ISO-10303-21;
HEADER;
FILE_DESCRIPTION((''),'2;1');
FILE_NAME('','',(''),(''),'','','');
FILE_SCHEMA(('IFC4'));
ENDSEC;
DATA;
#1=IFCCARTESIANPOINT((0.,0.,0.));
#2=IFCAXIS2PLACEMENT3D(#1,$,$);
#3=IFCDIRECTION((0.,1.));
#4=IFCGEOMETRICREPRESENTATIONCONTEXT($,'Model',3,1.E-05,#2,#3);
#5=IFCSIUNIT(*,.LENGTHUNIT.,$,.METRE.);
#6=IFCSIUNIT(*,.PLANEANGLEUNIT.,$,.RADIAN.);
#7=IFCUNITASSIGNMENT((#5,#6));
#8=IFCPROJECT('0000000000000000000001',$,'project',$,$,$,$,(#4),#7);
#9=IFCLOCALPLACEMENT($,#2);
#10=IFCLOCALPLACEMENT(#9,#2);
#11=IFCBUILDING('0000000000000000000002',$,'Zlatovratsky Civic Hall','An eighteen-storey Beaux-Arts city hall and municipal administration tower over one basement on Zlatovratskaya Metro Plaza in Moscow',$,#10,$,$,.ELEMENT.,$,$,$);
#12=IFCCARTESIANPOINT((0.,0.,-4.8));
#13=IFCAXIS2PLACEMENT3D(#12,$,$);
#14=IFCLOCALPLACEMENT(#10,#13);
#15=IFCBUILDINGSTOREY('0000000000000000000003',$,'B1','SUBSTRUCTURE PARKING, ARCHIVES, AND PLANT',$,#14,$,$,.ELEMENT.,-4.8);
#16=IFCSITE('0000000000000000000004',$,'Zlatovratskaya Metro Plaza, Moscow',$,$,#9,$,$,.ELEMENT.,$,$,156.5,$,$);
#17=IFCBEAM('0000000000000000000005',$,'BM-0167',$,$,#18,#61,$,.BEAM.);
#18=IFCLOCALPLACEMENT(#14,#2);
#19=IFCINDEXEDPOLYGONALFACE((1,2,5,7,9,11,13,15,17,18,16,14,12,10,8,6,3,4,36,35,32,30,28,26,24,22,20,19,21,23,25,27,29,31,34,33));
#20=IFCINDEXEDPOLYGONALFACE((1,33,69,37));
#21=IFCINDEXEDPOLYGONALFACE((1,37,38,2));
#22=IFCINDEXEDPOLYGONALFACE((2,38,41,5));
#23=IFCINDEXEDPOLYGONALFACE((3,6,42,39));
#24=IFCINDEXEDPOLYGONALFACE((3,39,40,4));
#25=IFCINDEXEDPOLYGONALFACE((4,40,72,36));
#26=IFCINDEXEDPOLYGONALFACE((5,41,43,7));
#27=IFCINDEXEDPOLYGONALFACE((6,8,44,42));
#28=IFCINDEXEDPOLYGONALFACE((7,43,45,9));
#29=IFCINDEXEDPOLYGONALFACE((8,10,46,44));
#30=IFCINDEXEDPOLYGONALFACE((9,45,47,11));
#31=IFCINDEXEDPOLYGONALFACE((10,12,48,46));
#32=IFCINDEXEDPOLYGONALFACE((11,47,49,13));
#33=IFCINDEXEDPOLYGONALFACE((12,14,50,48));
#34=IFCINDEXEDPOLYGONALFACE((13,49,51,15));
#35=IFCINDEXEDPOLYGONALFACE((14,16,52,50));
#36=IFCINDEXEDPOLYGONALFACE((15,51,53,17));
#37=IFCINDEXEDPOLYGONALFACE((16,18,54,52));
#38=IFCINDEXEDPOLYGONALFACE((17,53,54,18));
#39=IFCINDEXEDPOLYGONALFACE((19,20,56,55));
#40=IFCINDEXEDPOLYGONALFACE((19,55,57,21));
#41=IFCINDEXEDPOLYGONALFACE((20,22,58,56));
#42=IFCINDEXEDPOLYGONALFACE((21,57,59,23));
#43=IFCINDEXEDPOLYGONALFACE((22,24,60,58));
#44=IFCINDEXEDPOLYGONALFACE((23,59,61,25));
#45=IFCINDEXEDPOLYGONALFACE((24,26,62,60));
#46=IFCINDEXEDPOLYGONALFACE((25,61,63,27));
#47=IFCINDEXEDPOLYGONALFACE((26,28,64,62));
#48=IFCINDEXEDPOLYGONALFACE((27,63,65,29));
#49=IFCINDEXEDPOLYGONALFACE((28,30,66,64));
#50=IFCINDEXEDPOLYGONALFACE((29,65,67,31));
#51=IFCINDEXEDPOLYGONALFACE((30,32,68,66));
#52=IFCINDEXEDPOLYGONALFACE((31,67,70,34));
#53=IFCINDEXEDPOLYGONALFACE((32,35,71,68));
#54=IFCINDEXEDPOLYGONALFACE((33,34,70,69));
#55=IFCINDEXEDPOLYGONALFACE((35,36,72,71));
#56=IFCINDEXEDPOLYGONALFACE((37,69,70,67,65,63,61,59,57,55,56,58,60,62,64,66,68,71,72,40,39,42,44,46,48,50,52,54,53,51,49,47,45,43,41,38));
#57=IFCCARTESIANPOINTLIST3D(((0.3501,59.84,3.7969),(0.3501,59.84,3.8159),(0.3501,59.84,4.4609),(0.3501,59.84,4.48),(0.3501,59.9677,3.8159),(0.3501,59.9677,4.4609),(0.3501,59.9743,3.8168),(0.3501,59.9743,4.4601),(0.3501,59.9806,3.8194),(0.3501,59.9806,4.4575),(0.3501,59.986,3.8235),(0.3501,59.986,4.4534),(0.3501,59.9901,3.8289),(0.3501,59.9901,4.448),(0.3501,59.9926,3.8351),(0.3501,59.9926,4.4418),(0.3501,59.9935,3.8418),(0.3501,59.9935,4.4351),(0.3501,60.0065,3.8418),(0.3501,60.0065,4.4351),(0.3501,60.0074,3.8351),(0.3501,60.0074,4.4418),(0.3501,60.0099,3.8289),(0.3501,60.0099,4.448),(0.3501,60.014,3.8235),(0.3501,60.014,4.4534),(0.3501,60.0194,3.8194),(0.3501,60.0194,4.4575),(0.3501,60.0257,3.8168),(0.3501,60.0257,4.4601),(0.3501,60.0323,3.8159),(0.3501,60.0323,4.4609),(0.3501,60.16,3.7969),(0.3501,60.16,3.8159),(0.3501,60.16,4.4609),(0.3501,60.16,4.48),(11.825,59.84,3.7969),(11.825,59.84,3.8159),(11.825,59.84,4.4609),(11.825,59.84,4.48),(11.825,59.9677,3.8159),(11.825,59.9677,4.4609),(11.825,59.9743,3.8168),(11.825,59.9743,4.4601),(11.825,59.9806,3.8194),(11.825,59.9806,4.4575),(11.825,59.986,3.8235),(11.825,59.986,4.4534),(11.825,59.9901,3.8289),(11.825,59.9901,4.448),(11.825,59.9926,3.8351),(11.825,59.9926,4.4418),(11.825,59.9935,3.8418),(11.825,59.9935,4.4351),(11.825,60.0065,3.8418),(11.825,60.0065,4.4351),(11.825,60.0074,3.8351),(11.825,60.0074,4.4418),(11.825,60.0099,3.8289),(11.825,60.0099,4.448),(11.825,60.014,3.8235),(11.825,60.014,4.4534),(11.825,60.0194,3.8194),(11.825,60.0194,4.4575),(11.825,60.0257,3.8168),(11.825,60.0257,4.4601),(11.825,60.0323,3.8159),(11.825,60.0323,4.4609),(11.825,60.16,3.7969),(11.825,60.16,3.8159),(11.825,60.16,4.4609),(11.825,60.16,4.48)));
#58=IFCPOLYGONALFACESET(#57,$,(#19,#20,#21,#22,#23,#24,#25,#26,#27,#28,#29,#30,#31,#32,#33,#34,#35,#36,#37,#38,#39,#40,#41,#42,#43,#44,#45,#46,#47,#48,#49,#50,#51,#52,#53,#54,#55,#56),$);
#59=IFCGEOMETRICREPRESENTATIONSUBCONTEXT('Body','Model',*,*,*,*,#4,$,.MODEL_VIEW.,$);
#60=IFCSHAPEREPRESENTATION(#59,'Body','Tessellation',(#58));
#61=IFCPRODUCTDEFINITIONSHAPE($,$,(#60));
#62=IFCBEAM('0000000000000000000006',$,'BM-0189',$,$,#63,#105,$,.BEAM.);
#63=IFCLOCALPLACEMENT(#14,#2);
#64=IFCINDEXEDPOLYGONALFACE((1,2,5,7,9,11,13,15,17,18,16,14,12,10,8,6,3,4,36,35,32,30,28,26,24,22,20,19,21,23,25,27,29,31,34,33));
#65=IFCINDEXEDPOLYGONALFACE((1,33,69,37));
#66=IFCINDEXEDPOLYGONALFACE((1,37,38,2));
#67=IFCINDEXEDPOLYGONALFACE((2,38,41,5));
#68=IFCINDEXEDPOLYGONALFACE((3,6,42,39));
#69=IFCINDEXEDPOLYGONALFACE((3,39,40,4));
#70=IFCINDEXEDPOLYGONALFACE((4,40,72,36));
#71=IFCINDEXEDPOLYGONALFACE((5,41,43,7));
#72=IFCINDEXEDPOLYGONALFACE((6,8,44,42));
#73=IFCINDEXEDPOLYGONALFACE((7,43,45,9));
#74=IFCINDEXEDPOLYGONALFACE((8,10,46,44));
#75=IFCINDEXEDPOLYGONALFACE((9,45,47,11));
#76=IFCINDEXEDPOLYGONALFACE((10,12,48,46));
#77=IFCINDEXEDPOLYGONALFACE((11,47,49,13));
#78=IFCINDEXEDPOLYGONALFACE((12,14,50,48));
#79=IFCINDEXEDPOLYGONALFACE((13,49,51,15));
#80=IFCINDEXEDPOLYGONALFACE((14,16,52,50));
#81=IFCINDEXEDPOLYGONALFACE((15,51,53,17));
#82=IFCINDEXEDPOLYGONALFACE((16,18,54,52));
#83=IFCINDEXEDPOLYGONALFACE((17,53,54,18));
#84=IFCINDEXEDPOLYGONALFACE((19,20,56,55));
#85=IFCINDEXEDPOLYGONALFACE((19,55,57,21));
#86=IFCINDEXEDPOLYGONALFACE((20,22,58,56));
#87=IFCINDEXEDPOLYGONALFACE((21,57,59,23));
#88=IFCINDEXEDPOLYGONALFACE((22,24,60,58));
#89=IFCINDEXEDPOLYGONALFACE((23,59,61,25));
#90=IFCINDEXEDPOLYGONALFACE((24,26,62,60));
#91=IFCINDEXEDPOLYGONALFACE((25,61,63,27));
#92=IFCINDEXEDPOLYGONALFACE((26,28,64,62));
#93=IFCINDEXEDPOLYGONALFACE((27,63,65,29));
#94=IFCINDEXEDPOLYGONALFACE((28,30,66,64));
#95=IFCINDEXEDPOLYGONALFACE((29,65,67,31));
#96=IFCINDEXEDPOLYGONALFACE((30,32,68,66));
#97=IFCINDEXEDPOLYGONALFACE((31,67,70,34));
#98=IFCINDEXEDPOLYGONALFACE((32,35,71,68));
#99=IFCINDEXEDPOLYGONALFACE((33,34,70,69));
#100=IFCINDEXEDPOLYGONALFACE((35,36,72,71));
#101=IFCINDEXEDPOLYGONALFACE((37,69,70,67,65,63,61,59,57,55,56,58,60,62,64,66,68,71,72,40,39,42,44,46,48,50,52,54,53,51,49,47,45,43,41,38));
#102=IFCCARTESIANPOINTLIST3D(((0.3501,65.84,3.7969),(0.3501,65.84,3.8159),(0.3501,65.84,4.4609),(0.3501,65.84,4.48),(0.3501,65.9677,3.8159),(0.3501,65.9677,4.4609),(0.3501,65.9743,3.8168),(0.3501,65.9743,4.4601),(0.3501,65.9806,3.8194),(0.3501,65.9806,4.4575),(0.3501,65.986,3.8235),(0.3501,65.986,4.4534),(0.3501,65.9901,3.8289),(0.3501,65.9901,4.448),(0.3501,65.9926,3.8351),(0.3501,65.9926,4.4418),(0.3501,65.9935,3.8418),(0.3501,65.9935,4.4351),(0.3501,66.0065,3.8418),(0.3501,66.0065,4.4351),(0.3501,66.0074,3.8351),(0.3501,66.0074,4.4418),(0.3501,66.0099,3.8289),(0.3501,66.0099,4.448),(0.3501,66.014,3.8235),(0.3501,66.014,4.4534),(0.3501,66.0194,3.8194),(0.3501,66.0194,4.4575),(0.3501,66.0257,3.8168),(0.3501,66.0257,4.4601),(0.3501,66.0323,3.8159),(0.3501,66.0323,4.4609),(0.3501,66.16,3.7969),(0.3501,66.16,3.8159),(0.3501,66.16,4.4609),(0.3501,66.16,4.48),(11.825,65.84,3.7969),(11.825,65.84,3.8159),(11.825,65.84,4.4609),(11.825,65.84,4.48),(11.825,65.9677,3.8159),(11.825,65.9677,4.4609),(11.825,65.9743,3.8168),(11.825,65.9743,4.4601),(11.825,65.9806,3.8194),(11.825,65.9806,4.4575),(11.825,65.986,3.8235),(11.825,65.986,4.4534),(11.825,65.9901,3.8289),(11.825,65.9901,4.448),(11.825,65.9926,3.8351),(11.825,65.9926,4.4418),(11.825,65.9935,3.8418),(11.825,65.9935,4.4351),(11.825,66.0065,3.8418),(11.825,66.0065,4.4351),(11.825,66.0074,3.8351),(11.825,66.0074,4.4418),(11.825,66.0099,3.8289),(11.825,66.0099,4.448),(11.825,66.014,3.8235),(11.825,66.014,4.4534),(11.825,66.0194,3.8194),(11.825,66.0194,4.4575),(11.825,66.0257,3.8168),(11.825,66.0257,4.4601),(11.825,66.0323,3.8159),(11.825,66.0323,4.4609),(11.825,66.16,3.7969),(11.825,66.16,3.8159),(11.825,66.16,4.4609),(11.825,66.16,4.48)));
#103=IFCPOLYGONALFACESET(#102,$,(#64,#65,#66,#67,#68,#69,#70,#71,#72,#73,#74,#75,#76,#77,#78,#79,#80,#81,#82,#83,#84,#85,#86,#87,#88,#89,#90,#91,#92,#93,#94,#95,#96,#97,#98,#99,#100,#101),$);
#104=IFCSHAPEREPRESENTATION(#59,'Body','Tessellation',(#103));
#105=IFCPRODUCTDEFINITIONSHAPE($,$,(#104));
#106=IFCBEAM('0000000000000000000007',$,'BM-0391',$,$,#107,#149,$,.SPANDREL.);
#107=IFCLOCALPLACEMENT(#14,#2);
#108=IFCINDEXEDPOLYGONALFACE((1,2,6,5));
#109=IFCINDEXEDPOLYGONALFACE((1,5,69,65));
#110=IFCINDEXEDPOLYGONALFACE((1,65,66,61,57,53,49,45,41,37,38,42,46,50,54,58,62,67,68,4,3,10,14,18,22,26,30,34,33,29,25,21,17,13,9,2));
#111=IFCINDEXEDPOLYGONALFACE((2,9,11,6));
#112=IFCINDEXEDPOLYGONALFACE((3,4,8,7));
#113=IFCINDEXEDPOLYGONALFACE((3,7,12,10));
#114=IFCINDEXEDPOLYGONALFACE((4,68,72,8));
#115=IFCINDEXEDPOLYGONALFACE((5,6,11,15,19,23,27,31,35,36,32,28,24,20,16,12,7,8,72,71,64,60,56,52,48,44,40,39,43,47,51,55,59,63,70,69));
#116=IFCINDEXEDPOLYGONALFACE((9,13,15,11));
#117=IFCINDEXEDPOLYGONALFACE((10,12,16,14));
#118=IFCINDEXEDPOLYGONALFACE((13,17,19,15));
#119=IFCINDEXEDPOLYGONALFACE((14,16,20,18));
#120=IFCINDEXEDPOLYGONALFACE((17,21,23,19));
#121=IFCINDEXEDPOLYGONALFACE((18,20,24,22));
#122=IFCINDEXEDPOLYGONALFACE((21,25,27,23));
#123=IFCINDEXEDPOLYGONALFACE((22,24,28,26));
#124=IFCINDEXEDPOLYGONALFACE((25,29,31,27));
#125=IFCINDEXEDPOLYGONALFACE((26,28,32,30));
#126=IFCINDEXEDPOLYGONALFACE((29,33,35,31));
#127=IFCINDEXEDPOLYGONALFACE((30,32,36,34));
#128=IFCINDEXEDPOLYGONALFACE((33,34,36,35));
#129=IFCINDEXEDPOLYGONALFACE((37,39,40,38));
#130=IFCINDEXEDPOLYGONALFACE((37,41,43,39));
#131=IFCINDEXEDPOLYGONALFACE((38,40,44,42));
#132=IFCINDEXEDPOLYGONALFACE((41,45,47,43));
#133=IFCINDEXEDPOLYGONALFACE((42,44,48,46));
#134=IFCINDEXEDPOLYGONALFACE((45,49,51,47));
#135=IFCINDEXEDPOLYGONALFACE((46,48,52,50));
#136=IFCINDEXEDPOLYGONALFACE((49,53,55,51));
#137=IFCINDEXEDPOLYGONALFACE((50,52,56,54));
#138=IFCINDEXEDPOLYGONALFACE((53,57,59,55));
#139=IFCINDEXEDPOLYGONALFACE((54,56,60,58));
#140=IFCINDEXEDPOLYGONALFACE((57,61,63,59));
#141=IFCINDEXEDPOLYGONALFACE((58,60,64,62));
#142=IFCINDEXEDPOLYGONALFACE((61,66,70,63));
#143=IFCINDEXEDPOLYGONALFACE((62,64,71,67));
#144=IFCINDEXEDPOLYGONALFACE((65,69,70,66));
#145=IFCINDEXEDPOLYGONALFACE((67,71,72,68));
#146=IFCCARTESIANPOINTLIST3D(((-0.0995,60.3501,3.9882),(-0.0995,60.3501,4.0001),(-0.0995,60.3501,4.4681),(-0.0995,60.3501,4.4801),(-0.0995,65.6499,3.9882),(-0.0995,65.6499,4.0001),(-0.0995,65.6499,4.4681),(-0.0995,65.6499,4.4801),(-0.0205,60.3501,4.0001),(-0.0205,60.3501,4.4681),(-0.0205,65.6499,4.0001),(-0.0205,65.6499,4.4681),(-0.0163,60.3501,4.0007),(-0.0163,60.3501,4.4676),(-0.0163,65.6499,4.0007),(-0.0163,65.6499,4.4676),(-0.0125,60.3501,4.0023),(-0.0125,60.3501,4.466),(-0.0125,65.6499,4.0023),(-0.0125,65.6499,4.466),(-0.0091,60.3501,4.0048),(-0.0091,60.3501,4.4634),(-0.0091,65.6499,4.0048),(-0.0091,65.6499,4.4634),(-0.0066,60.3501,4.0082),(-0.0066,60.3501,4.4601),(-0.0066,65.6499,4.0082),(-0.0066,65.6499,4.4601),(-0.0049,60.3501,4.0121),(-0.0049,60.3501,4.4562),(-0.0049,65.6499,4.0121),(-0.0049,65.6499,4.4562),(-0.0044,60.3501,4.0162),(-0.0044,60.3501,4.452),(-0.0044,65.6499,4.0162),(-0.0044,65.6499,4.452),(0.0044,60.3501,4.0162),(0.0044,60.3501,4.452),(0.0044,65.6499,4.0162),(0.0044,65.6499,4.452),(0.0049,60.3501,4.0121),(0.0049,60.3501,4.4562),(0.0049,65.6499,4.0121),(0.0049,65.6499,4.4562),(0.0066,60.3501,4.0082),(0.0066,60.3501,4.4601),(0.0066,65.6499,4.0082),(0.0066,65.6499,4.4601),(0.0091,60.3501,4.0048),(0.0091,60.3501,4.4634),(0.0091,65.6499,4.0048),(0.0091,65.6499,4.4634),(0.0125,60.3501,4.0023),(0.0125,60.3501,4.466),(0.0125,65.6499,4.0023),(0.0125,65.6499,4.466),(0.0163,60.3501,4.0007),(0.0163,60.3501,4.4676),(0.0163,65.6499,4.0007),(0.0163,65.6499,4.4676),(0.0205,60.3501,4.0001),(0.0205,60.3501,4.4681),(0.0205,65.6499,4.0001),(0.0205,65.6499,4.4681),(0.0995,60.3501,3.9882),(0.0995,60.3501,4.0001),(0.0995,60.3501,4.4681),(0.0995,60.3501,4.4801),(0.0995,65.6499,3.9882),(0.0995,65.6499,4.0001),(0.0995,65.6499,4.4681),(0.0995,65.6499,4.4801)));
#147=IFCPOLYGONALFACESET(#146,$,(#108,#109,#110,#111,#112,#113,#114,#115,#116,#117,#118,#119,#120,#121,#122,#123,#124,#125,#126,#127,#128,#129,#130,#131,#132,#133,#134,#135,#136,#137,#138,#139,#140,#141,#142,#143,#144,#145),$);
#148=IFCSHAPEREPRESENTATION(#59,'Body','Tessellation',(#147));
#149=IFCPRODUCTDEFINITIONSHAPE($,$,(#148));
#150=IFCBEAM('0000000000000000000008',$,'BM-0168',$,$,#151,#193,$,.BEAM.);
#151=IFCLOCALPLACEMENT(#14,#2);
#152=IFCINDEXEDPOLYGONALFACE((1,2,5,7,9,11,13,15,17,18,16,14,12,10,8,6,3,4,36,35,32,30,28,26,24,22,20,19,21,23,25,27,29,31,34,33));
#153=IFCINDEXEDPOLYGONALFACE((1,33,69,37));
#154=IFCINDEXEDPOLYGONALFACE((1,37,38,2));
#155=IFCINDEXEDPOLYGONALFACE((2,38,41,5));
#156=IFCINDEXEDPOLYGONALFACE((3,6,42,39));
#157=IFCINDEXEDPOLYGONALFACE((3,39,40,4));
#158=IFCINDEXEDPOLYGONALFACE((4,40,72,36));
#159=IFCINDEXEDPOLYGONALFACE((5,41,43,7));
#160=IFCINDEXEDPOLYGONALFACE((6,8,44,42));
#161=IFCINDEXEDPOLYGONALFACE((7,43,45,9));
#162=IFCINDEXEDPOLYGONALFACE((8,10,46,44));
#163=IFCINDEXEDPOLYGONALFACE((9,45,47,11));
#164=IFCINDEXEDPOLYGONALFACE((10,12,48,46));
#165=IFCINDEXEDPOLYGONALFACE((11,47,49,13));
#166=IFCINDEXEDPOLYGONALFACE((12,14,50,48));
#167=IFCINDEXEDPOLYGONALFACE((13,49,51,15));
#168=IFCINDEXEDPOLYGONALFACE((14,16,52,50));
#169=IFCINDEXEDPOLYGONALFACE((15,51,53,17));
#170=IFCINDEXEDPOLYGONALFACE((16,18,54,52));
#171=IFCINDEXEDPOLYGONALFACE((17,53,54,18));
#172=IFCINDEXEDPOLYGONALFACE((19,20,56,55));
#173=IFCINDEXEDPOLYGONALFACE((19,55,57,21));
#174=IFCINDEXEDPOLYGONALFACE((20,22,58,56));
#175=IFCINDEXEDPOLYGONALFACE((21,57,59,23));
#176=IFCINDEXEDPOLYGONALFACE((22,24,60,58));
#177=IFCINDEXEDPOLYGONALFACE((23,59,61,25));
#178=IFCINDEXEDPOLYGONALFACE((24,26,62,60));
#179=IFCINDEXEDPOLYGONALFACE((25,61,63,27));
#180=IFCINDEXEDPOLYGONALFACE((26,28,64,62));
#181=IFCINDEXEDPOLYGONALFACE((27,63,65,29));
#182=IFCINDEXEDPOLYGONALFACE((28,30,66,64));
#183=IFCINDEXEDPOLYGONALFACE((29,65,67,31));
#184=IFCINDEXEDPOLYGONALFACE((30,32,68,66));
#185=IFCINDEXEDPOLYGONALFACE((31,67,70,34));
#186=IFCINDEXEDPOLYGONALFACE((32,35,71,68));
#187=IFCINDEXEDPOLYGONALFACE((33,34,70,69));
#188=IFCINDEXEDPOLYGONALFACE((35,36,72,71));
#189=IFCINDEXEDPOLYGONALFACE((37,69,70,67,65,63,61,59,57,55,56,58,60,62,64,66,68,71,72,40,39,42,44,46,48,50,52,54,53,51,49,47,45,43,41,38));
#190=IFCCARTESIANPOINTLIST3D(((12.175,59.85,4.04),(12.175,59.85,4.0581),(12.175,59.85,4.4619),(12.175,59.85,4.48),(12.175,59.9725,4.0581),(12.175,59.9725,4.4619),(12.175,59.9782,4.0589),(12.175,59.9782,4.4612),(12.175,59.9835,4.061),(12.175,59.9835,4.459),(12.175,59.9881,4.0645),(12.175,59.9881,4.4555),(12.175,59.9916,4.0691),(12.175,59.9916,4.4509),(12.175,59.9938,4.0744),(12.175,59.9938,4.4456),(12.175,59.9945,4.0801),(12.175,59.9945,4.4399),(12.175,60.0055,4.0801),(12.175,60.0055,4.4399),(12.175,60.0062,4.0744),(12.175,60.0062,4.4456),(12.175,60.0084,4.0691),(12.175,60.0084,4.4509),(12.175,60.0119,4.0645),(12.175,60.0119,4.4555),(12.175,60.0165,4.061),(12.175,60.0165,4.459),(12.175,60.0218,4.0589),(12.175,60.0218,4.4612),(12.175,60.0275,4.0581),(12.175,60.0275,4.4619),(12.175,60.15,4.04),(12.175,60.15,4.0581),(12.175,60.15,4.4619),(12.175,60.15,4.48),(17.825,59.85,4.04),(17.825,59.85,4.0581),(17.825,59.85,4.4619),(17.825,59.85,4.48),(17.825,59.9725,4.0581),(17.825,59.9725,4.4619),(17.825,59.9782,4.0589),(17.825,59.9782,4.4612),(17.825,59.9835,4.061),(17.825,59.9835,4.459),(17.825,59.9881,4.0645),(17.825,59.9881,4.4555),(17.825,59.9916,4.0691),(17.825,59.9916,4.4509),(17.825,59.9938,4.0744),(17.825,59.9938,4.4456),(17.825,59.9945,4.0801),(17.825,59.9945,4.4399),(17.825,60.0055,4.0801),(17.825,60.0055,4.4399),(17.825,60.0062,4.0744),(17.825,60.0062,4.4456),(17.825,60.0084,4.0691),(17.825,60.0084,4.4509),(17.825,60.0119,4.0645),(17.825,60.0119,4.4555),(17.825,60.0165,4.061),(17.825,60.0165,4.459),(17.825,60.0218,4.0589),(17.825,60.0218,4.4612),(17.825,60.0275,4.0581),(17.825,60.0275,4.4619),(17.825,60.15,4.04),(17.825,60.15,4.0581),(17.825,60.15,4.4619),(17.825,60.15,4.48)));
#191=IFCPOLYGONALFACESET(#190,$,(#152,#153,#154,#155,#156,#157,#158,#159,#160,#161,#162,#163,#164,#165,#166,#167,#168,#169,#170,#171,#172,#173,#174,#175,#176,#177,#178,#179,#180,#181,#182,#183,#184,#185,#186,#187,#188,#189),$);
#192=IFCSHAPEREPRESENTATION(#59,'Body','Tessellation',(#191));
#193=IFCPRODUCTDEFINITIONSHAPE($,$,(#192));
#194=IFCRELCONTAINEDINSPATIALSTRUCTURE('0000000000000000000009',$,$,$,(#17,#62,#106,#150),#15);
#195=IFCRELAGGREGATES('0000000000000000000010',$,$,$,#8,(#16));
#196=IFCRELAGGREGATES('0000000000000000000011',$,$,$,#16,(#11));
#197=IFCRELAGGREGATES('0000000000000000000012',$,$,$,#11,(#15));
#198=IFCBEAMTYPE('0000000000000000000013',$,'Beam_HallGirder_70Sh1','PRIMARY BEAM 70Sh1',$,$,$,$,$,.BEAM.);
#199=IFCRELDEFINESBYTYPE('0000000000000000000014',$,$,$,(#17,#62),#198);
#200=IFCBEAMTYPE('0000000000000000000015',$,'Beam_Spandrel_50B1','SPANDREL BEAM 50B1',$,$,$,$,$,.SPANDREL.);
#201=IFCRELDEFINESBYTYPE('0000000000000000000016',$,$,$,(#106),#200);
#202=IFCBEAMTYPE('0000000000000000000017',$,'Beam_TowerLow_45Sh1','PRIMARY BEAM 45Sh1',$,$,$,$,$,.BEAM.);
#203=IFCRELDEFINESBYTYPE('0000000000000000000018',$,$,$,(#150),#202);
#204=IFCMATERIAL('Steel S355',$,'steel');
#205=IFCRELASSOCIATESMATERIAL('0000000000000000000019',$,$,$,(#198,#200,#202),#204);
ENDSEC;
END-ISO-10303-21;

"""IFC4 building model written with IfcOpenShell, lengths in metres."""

from ifc_helpers import new_model, si_unit, direction, frame, origin, origin_2d, place, context, subcontext, project, spatial, i_section, extrude, material, material_profile, profile_set, type_object, element, save


model = new_model("IFC4")

# Units and contexts
model_context = context("Model", 3, precision=1e-05, world=origin(), true_north=direction((0.0, 1.0)))
body_context = subcontext(model_context, "Body", "Model", "MODEL_VIEW")
ifc_project = project(units=[si_unit("LENGTHUNIT", "METRE"), si_unit("PLANEANGLEUNIT", "RADIAN")], contexts=[model_context])

# Site, building, storey
site_placement = place(None, origin())
site = spatial("IfcSite", under=ifc_project, at=site_placement, Name="Zlatovratskaya Metro Plaza, Moscow", CompositionType="ELEMENT", RefElevation=156.5)
building_placement = place(site_placement, origin())
building = spatial("IfcBuilding", under=site, at=building_placement, Name="Zlatovratsky Civic Hall", Description="An eighteen-storey Beaux-Arts city hall and municipal administration tower over one basement on Zlatovratskaya Metro Plaza in Moscow", CompositionType="ELEMENT")
storey_placement = place(building_placement, frame((0.0, 0.0, -4.8)))
storey = spatial("IfcBuildingStorey", under=building, at=storey_placement, Name="B1", Description="SUBSTRUCTURE PARKING, ARCHIVES, AND PLANT", CompositionType="ELEMENT", Elevation=-4.8)

# Shared definitions
ifc_material_1 = material(Name="Steel S355", Category="steel")

# Beams
ifc_material_profile_1 = material_profile(ifc_material_1, i_section(OverallWidth=0.3201, OverallDepth=0.6831, WebThickness=0.0129, FlangeThickness=0.019, FilletRadius=0.0259, at=origin_2d()), Name="70Sh1")
ifc_profile_set_1 = profile_set([ifc_material_profile_1], Name="Steel S355")
beam_type_1 = type_object("IfcBeamType", Name="Beam_HallGirder_70Sh1", Description="PRIMARY BEAM 70Sh1", PredefinedType="BEAM", material=ifc_profile_set_1)
for number, where, z_axis, x_axis, name in (
    (1, (0.3501, 60.0, 4.1384), (1.0, 0.0, 0.0), (0.0, 1.0, 0.0), "BM-0167"),
    (2, (0.3501, 66.0, 4.1384), (1.0, 0.0, 0.0), (0.0, 1.0, 0.0), "BM-0189"),
):
    element("IfcBeam", number, at=place(storey_placement, frame(where, z_axis=z_axis, x_axis=x_axis)), inside=storey, type_object=beam_type_1, Name=name, PredefinedType="BEAM", context=body_context, shape_type="SweptSolid", body=[
        extrude(i_section(OverallWidth=0.3201, OverallDepth=0.6831, WebThickness=0.0129, FlangeThickness=0.019, FilletRadius=0.0259, at=origin_2d()), origin(), (0.0, 0.0, 1.0), 11.4749),
    ])
ifc_material_profile_2 = material_profile(ifc_material_1, i_section(OverallWidth=0.199, OverallDepth=0.4919, WebThickness=0.0088, FlangeThickness=0.012, FilletRadius=0.0161, at=origin_2d()), Name="50B1")
ifc_profile_set_2 = profile_set([ifc_material_profile_2], Name="Steel S355")
beam_type_2 = type_object("IfcBeamType", Name="Beam_Spandrel_50B1", Description="SPANDREL BEAM 50B1", PredefinedType="SPANDREL", material=ifc_profile_set_2)
beam_1_placement = place(storey_placement, frame((0.0, 60.3501, 4.2341), z_axis=(0.0, 1.0, 0.0), x_axis=(-1.0, 0.0, 0.0)))
element("IfcBeam", 3, at=beam_1_placement, inside=storey, type_object=beam_type_2, Name="BM-0391", PredefinedType="SPANDREL", context=body_context, shape_type="SweptSolid", body=[
    extrude(i_section(OverallWidth=0.199, OverallDepth=0.4919, WebThickness=0.0088, FlangeThickness=0.012, FilletRadius=0.0161, at=origin_2d()), origin(), (0.0, 0.0, 1.0), 5.2998),
])
ifc_material_profile_3 = material_profile(ifc_material_1, i_section(OverallWidth=0.3, OverallDepth=0.4399, WebThickness=0.011, FlangeThickness=0.0181, FilletRadius=0.022, at=origin_2d()), Name="45Sh1")
ifc_profile_set_3 = profile_set([ifc_material_profile_3], Name="Steel S355")
beam_type_3 = type_object("IfcBeamType", Name="Beam_TowerLow_45Sh1", Description="PRIMARY BEAM 45Sh1", PredefinedType="BEAM", material=ifc_profile_set_3)
for number, where, z_axis, x_axis, name in (
    (4, (12.175, 60.0, 4.26), (1.0, 0.0, 0.0), (0.0, 1.0, 0.0), "BM-0168"),
):
    element("IfcBeam", number, at=place(storey_placement, frame(where, z_axis=z_axis, x_axis=x_axis)), inside=storey, type_object=beam_type_3, Name=name, PredefinedType="BEAM", context=body_context, shape_type="SweptSolid", body=[
        extrude(i_section(OverallWidth=0.3, OverallDepth=0.4399, WebThickness=0.011, FlangeThickness=0.0181, FilletRadius=0.022, at=origin_2d()), origin(), (0.0, 0.0, 1.0), 5.6499),
    ])

save(model, "model.ifc")
